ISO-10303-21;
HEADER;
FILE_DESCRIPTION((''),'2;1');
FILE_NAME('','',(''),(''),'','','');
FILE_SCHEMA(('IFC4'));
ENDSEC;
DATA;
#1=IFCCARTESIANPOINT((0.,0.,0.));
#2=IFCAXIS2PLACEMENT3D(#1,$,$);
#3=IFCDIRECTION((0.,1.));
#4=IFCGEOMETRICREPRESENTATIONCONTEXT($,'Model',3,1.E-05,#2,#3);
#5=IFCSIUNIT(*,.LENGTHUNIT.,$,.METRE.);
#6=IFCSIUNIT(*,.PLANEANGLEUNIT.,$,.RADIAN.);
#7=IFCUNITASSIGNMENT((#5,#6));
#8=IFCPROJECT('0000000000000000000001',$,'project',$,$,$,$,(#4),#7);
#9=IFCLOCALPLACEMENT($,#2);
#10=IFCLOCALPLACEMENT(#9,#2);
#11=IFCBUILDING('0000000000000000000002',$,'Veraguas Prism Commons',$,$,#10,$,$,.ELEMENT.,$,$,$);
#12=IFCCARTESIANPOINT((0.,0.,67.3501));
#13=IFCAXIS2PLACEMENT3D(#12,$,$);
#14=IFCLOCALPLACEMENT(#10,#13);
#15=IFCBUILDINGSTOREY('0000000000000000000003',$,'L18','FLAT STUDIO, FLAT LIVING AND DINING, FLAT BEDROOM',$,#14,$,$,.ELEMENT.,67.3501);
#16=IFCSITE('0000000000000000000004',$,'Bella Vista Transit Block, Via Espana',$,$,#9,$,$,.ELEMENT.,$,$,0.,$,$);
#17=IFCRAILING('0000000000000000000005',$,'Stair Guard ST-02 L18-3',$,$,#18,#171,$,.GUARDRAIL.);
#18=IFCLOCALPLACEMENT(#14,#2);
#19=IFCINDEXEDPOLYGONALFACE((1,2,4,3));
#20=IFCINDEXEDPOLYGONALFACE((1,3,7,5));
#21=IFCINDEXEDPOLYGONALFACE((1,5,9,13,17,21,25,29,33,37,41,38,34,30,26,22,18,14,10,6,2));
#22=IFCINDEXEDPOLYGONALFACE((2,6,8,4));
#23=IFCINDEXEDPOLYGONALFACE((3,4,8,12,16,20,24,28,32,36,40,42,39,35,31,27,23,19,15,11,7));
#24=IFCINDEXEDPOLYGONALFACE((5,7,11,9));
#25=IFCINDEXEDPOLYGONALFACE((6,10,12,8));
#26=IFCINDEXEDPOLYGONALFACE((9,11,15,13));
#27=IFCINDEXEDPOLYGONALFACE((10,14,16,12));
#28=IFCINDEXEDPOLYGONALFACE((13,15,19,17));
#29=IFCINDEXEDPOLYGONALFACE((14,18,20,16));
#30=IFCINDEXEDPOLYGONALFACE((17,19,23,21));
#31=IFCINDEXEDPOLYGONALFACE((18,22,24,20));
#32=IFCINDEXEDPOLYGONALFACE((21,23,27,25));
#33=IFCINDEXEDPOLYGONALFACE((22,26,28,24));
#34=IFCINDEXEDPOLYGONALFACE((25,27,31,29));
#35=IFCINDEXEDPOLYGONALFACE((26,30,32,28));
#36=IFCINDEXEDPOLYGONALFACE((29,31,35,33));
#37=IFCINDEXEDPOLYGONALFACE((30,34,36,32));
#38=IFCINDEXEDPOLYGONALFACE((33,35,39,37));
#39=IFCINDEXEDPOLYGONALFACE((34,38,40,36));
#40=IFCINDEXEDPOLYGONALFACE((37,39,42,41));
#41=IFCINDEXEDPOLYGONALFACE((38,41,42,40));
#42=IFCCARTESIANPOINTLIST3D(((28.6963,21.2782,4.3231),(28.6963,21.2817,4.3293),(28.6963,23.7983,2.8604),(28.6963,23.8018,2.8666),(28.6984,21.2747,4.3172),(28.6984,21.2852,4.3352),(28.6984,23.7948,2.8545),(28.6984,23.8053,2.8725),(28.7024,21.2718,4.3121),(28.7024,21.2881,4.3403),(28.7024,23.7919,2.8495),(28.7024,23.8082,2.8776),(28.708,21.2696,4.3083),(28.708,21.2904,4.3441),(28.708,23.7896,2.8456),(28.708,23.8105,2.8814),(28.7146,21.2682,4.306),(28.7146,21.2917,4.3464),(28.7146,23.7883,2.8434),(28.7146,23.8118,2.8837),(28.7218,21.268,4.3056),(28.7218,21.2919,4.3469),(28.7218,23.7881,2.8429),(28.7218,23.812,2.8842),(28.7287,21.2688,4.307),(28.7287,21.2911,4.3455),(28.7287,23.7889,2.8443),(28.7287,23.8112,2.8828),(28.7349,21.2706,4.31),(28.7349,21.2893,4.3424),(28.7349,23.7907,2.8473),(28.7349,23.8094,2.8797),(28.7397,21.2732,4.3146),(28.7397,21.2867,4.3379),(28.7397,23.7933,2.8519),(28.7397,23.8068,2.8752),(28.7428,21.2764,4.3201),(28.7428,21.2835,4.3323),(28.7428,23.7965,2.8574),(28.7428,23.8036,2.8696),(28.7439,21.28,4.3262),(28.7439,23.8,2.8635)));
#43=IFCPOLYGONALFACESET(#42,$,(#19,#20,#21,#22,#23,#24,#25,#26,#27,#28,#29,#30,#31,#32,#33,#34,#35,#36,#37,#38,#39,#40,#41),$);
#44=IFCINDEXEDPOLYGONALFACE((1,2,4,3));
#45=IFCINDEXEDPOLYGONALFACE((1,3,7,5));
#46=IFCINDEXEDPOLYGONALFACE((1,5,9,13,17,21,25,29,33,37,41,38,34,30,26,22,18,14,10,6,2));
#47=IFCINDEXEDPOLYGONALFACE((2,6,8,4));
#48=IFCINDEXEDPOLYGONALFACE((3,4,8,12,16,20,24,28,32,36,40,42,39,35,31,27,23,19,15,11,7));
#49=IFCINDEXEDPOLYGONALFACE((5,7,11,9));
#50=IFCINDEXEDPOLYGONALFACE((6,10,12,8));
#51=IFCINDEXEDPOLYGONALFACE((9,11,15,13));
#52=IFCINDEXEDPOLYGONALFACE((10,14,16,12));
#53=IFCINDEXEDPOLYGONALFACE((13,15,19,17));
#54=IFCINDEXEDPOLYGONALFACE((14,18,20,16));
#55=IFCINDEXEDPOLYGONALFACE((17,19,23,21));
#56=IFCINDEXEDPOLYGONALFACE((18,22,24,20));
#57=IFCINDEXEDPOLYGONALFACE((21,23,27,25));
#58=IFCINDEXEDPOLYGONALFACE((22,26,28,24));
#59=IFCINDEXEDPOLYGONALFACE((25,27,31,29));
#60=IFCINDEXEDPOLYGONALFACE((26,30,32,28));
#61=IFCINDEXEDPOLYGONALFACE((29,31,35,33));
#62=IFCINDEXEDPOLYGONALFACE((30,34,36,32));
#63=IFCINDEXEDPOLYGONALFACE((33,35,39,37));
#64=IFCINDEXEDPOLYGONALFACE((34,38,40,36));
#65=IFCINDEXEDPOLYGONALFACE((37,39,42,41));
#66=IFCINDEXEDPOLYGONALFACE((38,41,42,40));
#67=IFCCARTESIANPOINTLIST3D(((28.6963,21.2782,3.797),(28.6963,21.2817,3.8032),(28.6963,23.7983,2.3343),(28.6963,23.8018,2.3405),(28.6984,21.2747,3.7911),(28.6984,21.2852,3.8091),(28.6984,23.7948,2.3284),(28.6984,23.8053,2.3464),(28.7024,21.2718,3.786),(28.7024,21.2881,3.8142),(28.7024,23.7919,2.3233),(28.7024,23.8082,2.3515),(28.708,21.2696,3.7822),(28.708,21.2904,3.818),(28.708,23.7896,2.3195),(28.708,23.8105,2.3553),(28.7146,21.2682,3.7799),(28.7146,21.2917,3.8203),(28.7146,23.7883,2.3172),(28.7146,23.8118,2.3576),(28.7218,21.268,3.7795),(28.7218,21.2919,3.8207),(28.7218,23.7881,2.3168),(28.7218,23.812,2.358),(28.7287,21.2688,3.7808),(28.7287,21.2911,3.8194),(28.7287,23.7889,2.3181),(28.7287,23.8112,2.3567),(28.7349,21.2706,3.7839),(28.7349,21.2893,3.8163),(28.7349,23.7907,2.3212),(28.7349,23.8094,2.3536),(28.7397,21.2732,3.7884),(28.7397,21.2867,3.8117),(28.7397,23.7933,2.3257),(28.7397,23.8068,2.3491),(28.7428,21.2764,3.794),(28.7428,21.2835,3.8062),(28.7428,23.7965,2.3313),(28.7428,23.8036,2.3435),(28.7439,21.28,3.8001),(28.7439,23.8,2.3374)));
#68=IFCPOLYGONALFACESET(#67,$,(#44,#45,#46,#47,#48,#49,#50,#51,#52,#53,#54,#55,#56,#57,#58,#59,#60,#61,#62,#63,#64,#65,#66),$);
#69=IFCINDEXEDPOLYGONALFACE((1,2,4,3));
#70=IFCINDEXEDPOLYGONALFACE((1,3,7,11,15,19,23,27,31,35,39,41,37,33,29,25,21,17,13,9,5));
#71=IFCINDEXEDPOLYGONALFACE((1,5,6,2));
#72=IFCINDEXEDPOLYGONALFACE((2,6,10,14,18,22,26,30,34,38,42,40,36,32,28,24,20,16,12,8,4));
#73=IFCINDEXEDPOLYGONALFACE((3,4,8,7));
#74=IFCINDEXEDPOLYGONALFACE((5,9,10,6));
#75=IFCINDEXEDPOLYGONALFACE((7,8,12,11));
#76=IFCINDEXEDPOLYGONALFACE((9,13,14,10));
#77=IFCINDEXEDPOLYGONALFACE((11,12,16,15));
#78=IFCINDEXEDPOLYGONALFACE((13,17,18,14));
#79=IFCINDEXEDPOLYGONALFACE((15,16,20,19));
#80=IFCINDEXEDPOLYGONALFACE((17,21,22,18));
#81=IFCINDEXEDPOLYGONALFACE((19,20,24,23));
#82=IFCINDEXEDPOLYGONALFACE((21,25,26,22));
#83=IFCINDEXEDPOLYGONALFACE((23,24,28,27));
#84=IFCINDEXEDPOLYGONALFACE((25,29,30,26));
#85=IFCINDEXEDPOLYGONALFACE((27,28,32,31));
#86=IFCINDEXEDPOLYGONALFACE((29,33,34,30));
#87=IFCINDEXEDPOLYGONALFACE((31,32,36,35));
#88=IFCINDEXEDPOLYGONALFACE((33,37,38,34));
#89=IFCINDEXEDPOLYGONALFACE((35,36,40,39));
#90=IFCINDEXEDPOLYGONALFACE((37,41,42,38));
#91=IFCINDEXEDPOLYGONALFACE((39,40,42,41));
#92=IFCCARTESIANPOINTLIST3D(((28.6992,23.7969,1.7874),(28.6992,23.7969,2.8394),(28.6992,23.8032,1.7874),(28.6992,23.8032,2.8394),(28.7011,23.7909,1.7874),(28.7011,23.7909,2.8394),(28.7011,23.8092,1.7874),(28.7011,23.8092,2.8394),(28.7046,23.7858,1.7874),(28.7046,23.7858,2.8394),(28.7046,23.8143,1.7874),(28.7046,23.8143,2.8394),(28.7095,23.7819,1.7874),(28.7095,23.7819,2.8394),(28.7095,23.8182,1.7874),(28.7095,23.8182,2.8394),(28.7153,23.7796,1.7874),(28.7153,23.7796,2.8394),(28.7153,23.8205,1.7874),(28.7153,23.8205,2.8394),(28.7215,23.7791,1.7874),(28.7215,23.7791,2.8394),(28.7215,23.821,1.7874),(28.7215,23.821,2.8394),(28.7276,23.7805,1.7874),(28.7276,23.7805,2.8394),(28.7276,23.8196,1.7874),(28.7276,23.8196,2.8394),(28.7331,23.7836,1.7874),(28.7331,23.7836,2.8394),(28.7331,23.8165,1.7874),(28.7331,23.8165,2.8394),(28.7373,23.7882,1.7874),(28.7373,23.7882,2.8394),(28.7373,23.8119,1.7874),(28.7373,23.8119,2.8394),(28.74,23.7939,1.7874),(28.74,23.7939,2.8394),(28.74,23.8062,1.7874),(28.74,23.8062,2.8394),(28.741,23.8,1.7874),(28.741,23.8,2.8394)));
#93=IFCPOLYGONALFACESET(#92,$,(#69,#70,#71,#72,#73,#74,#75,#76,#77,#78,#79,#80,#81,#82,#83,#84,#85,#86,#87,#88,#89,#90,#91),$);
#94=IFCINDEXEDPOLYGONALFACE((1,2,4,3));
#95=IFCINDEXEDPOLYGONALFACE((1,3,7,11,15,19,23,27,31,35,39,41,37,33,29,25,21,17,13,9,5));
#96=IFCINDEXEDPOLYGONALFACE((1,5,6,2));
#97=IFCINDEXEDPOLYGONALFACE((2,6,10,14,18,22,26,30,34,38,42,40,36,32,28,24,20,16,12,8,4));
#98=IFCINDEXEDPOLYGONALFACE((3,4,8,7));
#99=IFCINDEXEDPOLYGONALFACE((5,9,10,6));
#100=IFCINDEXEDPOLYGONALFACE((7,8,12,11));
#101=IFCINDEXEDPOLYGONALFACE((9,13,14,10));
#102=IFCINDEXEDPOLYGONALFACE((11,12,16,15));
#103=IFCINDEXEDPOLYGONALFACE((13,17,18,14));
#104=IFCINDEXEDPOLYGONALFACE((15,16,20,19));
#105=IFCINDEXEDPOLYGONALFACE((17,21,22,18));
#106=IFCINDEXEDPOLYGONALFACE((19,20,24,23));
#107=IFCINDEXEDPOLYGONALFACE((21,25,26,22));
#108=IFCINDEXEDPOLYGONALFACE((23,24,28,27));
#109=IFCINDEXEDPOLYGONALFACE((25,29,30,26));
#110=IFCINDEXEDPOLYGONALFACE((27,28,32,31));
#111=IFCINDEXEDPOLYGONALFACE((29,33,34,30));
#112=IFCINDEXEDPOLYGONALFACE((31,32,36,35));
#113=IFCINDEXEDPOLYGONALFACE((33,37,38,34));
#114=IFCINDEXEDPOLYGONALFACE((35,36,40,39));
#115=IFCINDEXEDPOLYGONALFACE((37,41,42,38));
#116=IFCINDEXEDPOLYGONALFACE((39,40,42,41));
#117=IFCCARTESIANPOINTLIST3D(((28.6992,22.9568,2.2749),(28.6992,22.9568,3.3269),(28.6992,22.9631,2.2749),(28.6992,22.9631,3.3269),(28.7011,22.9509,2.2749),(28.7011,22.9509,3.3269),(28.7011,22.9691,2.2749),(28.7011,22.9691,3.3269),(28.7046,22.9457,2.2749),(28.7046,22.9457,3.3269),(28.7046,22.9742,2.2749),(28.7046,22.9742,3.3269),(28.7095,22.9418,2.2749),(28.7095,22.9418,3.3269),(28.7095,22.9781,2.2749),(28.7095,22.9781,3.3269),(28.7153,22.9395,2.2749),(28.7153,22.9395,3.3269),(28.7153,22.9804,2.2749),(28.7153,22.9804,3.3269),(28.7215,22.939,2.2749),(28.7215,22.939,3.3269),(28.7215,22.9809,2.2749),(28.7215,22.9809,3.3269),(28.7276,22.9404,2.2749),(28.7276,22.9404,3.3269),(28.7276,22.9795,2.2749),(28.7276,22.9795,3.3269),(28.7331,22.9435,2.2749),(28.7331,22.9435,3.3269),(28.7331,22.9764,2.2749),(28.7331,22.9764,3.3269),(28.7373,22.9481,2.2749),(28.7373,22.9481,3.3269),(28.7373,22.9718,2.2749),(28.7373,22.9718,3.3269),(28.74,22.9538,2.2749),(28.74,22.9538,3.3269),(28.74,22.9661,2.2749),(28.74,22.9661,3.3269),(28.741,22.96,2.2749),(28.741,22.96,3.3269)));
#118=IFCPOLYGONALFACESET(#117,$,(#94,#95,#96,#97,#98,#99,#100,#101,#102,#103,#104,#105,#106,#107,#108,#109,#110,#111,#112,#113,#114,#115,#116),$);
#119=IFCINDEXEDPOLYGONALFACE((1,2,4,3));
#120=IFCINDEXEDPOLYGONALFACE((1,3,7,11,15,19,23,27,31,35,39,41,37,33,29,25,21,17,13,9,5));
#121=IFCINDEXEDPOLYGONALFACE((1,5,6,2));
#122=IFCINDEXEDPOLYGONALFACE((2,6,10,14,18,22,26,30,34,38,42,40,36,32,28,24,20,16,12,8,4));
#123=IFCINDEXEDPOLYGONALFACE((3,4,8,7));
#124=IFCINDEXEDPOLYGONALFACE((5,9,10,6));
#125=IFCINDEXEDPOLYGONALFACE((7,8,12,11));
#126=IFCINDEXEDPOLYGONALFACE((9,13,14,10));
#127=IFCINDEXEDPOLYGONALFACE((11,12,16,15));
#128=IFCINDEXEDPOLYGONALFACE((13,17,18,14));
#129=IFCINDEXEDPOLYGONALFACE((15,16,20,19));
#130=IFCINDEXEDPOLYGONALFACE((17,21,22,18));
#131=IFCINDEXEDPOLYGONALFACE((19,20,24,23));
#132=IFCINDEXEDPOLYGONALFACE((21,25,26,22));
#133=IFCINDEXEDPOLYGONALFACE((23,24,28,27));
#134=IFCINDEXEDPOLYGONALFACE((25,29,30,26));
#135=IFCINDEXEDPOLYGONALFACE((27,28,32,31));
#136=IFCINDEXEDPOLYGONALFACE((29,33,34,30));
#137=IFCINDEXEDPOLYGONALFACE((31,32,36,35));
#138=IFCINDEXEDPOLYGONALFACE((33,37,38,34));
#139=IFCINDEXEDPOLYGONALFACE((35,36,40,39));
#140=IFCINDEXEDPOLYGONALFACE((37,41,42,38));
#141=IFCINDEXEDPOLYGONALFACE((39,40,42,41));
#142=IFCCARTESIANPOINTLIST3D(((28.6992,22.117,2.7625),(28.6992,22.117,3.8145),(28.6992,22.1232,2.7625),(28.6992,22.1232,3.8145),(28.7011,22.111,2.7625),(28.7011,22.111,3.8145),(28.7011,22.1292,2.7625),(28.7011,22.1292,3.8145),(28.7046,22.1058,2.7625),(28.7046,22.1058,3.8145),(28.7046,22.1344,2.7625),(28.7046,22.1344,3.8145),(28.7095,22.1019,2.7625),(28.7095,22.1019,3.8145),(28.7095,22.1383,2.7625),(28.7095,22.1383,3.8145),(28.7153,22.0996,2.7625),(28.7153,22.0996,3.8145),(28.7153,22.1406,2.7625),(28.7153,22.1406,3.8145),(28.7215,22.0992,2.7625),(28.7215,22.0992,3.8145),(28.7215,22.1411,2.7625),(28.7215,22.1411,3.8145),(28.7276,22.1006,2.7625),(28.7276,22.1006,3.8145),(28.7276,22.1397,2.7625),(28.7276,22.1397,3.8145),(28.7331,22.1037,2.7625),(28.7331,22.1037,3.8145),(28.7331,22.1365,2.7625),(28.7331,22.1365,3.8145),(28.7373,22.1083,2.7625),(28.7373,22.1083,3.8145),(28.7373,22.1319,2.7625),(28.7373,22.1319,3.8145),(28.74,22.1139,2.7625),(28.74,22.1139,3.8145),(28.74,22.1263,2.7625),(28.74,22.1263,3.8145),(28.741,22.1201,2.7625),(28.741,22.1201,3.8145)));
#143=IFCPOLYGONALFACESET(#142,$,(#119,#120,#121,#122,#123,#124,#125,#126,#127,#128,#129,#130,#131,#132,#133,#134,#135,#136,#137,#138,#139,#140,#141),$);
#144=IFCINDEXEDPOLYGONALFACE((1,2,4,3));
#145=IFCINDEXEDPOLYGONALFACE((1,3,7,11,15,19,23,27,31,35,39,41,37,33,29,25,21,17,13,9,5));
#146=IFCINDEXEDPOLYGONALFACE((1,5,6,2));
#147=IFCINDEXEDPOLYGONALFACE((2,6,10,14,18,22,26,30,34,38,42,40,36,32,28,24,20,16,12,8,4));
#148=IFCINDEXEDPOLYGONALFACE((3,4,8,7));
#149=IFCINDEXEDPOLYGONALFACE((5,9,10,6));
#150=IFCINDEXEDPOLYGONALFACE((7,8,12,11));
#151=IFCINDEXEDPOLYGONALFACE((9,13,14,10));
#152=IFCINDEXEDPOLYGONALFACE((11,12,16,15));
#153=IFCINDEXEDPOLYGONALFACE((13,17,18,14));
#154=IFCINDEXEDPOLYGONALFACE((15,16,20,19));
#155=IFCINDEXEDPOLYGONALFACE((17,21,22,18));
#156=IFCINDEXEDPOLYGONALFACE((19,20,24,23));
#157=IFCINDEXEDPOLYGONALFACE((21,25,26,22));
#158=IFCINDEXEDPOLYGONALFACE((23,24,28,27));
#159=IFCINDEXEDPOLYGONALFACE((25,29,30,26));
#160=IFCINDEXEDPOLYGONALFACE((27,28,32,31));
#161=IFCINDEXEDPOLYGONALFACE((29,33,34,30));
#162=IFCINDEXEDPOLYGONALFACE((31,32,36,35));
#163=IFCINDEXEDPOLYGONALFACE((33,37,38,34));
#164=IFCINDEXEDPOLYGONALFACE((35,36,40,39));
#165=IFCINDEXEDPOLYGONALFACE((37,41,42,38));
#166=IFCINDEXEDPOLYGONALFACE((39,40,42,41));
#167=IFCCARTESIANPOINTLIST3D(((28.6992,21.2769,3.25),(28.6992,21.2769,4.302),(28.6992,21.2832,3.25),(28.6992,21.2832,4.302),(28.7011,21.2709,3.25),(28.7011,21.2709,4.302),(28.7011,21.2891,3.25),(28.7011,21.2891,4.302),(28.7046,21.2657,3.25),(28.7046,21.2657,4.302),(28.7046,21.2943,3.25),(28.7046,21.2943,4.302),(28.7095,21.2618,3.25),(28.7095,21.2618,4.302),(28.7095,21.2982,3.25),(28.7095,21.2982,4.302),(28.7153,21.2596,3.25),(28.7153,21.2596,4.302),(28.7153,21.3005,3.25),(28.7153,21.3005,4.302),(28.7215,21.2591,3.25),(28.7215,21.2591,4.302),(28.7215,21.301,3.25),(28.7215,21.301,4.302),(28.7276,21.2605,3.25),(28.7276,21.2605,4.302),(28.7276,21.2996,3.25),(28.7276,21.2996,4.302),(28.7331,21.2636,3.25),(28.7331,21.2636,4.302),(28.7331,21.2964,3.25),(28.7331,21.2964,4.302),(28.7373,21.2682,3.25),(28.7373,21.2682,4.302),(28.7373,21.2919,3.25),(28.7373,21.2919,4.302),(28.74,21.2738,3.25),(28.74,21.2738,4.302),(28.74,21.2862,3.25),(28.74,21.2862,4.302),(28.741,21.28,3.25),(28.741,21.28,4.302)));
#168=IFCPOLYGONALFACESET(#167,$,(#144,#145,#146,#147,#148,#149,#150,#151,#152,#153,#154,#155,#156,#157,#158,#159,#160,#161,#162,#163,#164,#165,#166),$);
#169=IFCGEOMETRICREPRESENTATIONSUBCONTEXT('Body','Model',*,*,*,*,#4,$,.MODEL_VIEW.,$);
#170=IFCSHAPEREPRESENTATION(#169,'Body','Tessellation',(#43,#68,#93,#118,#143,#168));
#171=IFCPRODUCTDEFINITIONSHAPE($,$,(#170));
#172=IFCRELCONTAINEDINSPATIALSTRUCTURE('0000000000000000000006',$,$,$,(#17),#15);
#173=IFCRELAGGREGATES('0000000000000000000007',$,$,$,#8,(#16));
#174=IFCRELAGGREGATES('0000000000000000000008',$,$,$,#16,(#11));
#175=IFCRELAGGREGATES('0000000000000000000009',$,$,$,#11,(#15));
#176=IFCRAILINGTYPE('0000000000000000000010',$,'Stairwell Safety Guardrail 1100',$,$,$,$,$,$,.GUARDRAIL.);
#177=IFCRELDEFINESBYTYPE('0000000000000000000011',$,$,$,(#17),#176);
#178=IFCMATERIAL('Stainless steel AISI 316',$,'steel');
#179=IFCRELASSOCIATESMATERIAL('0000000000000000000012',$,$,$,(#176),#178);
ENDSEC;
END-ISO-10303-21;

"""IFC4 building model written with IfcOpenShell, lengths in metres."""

from ifc_helpers import new_model, si_unit, direction, frame, origin, origin_2d, place, context, subcontext, project, spatial, circle, extrude, material, type_object, element, save


model = new_model("IFC4")

# Units and contexts
model_context = context("Model", 3, precision=1e-05, world=origin(), true_north=direction((0.0, 1.0)))
body_context = subcontext(model_context, "Body", "Model", "MODEL_VIEW")
ifc_project = project(units=[si_unit("LENGTHUNIT", "METRE"), si_unit("PLANEANGLEUNIT", "RADIAN")], contexts=[model_context])

# Site, building, storey
site_placement = place(None, origin())
site = spatial("IfcSite", under=ifc_project, at=site_placement, Name="Bella Vista Transit Block, Via Espana", CompositionType="ELEMENT", RefElevation=0.0)
building_placement = place(site_placement, origin())
building = spatial("IfcBuilding", under=site, at=building_placement, Name="Veraguas Prism Commons", CompositionType="ELEMENT")
storey_placement = place(building_placement, frame((0.0, 0.0, 67.3501)))
storey = spatial("IfcBuildingStorey", under=building, at=storey_placement, Name="L18", Description="FLAT STUDIO, FLAT LIVING AND DINING, FLAT BEDROOM", CompositionType="ELEMENT", Elevation=67.3501)

# Shared definitions
ifc_material_1 = material(Name="Stainless steel AISI 316", Category="steel")

# Railing
railing_type_1 = type_object("IfcRailingType", Name="Stairwell Safety Guardrail 1100", PredefinedType="GUARDRAIL", material=ifc_material_1)
railing_1_placement = place(storey_placement, frame((28.72, 23.8, 1.7874)))
element("IfcRailing", 1, at=railing_1_placement, inside=storey, type_object=railing_type_1, Name="Stair Guard ST-02 L18-3", PredefinedType="GUARDRAIL", context=body_context, shape_type="SweptSolid", body=[
    extrude(circle(Radius=0.0239, at=origin_2d()), frame((0.0, 0.0, 1.0762), z_axis=(0.0, -0.864877, 0.501984), x_axis=(1.0, 0.0, 0.0)), (0.0, 0.0, 1.0), 2.9138),
    extrude(circle(Radius=0.0239, at=origin_2d()), frame((0.0, 0.0, 0.55), z_axis=(0.0, -0.864877, 0.501984), x_axis=(1.0, 0.0, 0.0)), (0.0, 0.0, 1.0), 2.9138),
    extrude(circle(Radius=0.021, at=origin_2d()), origin(), (0.0, 0.0, 1.0), 1.052),
    extrude(circle(Radius=0.021, at=origin_2d()), frame((0.0, -0.8401, 0.4875)), (0.0, 0.0, 1.0), 1.052),
    extrude(circle(Radius=0.021, at=origin_2d()), frame((0.0, -1.6799, 0.9751)), (0.0, 0.0, 1.0), 1.052),
    extrude(circle(Radius=0.021, at=origin_2d()), frame((0.0, -2.52, 1.4626)), (0.0, 0.0, 1.0), 1.052),
])

save(model, "model.ifc")
